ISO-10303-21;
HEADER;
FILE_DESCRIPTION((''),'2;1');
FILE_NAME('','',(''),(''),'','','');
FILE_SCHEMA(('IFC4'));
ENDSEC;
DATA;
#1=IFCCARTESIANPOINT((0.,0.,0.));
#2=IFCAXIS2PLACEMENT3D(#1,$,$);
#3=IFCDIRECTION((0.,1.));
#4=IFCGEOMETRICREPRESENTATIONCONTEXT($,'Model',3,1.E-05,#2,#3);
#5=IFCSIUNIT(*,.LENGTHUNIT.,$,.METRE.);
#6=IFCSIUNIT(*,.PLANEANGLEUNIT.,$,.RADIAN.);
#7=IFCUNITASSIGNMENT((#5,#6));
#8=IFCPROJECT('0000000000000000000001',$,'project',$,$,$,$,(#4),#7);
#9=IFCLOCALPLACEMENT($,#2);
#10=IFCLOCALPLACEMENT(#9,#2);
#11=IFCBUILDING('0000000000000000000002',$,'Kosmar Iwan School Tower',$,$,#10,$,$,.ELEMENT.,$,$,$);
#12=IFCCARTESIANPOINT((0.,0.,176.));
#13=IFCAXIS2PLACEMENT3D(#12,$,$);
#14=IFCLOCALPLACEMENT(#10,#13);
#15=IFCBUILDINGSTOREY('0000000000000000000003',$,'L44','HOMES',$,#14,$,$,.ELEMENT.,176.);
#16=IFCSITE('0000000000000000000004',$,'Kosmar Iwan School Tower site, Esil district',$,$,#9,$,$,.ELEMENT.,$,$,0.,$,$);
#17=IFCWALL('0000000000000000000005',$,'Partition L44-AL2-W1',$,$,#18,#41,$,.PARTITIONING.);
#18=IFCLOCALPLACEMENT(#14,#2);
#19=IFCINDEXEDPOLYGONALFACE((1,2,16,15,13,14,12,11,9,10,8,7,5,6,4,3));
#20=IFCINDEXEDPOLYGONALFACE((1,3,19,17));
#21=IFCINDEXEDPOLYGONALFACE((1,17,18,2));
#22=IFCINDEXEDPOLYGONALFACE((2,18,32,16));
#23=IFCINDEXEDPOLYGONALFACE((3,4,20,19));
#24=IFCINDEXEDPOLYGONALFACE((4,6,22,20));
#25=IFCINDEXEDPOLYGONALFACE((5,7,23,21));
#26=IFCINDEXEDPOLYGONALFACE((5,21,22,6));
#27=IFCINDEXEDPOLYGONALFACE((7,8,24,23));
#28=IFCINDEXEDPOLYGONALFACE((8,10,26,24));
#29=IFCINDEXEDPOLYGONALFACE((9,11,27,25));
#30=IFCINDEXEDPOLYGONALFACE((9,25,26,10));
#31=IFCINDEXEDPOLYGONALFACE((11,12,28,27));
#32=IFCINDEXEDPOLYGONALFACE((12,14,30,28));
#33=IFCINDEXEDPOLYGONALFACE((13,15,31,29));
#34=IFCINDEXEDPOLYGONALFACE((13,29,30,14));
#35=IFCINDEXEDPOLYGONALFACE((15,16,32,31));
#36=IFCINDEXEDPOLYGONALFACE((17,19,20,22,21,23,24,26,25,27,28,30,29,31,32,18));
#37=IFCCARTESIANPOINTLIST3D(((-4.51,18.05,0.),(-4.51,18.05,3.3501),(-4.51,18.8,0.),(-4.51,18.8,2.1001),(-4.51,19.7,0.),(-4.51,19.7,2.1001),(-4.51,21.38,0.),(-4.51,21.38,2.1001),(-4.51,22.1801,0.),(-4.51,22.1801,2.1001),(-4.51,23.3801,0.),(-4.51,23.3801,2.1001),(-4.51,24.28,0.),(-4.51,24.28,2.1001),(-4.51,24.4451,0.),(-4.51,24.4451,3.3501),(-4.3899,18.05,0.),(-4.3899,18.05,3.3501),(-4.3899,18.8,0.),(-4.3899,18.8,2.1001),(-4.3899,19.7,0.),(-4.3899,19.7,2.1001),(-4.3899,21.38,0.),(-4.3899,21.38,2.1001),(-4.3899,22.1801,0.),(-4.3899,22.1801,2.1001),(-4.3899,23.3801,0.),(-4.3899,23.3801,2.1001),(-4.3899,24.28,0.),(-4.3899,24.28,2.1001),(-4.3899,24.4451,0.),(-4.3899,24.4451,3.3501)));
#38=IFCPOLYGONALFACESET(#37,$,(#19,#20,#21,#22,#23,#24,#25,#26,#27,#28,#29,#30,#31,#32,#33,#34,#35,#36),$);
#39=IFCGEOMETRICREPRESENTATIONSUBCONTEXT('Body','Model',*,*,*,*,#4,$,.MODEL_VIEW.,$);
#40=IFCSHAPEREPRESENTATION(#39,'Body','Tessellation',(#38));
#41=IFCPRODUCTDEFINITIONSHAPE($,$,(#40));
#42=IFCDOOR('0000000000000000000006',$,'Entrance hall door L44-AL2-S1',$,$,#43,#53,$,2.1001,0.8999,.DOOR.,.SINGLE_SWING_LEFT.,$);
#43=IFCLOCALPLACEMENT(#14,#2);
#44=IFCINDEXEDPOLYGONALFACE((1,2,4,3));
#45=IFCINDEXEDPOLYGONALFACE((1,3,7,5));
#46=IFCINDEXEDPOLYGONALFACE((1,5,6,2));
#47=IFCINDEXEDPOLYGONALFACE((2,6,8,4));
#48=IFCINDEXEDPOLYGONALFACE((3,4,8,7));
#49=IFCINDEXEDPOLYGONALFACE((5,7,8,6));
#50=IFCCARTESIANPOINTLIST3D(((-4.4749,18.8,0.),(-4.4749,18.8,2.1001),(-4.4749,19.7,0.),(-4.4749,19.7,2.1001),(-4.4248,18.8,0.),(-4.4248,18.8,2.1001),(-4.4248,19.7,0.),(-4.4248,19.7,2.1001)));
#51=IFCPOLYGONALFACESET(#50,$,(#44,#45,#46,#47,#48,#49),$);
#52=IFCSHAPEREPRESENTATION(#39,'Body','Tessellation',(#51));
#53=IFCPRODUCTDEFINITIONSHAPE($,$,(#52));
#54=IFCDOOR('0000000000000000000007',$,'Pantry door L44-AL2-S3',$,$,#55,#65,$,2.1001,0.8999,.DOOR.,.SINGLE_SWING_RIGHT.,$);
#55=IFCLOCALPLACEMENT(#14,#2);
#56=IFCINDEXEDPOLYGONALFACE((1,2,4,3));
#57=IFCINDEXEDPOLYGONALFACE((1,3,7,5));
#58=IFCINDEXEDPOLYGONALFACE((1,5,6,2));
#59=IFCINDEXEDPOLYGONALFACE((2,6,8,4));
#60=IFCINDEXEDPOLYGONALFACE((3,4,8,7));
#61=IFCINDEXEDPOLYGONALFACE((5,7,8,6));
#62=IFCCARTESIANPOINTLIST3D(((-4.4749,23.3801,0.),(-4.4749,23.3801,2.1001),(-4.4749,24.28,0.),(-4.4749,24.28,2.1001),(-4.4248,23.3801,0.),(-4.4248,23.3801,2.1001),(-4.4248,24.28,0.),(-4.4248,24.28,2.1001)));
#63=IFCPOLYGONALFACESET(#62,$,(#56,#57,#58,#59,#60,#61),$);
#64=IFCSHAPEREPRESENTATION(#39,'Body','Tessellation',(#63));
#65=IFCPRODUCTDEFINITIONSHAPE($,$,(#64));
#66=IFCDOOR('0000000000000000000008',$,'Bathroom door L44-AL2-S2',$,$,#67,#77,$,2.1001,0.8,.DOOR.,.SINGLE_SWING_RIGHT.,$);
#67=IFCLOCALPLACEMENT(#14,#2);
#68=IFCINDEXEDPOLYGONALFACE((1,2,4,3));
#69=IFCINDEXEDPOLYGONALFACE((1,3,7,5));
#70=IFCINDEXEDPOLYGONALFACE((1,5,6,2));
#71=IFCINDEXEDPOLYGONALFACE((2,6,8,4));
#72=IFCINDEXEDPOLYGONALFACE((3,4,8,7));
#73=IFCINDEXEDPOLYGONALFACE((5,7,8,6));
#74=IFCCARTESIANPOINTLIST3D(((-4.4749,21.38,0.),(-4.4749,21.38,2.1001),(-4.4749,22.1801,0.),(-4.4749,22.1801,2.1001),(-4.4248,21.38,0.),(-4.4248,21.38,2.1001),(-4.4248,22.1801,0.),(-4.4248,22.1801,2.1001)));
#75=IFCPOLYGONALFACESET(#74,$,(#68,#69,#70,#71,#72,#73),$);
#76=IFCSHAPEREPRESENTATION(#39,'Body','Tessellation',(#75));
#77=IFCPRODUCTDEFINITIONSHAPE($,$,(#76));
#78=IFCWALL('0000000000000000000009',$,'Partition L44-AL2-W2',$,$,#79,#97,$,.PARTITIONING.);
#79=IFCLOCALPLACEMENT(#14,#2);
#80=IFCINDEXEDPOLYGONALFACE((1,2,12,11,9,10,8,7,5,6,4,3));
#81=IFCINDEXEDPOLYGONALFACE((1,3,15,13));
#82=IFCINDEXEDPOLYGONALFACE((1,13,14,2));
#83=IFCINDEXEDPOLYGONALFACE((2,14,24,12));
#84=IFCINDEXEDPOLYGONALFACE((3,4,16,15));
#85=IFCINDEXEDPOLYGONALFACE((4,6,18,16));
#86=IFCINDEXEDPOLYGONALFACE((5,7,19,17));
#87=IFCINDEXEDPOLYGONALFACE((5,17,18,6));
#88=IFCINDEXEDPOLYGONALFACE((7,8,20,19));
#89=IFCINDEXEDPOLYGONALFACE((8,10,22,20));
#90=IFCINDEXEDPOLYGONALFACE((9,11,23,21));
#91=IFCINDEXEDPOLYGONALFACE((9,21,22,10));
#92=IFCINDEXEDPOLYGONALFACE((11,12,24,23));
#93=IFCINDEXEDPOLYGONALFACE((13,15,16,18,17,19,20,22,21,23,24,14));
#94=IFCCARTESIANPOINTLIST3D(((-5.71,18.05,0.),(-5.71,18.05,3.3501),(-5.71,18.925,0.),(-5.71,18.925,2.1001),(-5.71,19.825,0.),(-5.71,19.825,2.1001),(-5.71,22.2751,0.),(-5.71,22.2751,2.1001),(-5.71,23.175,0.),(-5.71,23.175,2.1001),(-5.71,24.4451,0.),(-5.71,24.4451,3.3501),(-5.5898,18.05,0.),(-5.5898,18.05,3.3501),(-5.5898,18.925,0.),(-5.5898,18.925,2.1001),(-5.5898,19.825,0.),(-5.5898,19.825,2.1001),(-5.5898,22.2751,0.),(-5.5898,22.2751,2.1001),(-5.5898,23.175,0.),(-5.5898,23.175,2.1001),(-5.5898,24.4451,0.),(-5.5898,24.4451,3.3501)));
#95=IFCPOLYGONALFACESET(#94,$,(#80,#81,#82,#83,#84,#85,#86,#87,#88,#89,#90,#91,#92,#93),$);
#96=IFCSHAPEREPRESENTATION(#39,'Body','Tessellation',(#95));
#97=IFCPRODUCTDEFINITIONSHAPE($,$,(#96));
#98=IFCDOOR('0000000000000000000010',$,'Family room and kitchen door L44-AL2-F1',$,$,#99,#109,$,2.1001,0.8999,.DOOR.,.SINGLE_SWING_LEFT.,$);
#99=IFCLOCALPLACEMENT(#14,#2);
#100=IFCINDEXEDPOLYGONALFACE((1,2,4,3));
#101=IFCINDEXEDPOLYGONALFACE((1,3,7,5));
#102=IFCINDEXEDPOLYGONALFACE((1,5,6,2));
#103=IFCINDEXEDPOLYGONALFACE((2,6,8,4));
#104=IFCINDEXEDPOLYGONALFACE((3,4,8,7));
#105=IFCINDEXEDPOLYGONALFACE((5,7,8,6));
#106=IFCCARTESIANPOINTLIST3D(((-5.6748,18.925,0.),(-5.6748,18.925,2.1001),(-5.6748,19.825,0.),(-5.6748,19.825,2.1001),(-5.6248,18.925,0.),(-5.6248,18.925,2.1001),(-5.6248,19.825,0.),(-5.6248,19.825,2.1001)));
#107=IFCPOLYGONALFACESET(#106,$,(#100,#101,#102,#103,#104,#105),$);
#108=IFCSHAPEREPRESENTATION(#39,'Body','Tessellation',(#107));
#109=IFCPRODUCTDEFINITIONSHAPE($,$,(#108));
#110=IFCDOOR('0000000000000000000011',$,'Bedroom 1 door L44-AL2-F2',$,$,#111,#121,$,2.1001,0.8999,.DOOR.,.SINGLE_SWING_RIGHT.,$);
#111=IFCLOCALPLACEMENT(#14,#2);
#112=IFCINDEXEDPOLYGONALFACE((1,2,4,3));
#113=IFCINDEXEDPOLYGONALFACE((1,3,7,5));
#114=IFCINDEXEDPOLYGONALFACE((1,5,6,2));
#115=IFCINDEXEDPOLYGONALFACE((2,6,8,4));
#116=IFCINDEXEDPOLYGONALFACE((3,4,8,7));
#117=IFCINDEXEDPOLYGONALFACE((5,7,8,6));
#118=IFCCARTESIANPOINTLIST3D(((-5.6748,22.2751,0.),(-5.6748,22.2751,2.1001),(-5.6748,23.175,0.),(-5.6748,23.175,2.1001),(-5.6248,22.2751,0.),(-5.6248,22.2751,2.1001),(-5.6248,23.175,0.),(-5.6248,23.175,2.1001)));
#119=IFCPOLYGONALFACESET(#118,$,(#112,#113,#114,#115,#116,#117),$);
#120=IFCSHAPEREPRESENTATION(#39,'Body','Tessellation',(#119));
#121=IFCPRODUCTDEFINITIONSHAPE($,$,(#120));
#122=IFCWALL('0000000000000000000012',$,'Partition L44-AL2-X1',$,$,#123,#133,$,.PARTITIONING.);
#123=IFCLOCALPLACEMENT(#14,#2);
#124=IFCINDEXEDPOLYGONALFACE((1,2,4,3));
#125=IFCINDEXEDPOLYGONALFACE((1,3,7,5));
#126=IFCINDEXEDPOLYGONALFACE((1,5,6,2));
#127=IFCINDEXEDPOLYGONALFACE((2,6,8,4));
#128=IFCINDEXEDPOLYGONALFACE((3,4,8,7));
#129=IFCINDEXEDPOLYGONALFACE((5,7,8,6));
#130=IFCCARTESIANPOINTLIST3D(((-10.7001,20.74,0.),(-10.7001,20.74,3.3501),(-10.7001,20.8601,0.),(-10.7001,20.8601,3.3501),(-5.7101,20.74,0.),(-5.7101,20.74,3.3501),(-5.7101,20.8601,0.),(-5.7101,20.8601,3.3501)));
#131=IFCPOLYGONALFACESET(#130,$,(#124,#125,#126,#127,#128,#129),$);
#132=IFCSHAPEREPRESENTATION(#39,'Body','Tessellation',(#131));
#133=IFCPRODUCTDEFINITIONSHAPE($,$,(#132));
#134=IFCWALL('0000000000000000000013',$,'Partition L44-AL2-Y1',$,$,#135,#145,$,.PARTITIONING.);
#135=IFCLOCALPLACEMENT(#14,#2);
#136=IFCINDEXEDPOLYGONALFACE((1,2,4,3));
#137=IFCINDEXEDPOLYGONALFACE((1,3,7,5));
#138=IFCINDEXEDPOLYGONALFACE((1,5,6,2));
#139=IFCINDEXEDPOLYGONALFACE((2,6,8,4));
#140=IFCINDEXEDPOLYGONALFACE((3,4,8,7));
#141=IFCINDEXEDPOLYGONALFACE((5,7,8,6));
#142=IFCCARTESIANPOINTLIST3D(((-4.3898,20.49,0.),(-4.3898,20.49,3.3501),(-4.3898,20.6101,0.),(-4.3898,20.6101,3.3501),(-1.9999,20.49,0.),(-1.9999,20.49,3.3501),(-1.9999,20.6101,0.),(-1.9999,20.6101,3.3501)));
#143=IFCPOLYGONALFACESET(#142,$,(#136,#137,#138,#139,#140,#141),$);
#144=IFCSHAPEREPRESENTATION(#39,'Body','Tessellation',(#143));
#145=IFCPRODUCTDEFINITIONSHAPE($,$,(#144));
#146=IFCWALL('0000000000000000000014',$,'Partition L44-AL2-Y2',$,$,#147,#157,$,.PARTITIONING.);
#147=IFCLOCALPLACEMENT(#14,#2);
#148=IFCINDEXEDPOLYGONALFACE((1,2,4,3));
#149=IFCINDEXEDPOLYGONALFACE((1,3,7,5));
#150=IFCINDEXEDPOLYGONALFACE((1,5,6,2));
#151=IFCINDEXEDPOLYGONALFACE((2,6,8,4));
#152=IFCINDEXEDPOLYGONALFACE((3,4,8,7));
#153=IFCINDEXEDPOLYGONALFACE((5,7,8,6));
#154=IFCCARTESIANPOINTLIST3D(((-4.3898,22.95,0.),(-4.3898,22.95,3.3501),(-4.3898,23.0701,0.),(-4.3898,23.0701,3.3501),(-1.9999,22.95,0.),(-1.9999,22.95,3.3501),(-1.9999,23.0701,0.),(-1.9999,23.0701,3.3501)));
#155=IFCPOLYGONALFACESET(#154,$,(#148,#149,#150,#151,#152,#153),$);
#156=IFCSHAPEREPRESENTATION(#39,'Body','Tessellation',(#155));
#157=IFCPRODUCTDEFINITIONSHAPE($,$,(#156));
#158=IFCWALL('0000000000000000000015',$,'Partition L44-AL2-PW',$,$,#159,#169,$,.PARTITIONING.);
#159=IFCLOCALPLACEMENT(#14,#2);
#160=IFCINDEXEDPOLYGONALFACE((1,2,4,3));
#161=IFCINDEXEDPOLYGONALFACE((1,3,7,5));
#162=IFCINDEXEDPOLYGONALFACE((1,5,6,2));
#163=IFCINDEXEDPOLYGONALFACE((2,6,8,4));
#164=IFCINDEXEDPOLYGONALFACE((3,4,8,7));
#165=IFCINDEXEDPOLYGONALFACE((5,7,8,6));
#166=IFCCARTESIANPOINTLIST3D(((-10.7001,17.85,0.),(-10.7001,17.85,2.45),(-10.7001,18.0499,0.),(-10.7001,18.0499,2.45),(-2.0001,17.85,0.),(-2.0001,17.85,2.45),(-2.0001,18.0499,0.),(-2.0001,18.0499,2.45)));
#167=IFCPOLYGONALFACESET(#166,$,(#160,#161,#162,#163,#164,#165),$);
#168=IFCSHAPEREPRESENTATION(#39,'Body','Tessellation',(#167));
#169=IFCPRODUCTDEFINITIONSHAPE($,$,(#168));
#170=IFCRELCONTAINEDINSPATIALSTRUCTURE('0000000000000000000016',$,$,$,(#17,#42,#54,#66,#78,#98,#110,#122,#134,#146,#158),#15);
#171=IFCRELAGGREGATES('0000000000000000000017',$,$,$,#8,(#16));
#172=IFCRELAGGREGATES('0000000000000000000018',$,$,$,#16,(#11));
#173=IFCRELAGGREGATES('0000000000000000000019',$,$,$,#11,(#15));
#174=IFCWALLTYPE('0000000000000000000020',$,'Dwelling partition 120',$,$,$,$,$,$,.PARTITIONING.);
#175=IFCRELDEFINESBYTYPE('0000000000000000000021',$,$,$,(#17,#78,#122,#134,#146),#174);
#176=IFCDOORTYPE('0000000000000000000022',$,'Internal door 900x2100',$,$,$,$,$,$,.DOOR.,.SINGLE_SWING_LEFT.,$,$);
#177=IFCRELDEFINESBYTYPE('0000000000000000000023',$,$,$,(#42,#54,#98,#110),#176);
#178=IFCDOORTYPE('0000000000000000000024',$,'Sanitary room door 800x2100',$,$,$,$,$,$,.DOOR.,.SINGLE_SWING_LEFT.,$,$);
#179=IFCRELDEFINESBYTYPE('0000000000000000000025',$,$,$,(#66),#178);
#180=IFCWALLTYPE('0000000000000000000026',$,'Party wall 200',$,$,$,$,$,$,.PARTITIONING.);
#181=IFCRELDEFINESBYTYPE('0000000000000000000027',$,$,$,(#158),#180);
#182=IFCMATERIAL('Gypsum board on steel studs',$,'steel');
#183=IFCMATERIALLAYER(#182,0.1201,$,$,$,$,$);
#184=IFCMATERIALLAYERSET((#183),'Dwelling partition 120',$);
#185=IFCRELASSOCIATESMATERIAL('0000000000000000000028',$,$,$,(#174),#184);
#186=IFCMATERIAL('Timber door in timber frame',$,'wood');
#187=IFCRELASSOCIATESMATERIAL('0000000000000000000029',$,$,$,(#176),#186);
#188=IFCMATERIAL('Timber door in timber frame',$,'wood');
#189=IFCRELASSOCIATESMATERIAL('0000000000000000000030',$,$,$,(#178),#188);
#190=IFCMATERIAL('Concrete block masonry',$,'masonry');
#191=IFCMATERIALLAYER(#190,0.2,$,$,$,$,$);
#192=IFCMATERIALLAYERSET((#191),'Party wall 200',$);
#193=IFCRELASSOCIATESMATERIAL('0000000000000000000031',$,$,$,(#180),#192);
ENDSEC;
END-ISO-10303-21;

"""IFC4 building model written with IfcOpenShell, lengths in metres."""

from ifc_helpers import new_model, si_unit, direction, frame, frame_2d, origin, place, context, subcontext, project, spatial, rectangle, extrude, material, layer, layer_set, type_object, element, fill, save


model = new_model("IFC4")

# Units and contexts
model_context = context("Model", 3, precision=1e-05, world=origin(), true_north=direction((0.0, 1.0)))
body_context = subcontext(model_context, "Body", "Model", "MODEL_VIEW")
ifc_project = project(units=[si_unit("LENGTHUNIT", "METRE"), si_unit("PLANEANGLEUNIT", "RADIAN")], contexts=[model_context])

# Site, building, storey
site_placement = place(None, origin())
site = spatial("IfcSite", under=ifc_project, at=site_placement, Name="Kosmar Iwan School Tower site, Esil district", CompositionType="ELEMENT", RefElevation=0.0)
building_placement = place(site_placement, origin())
building = spatial("IfcBuilding", under=site, at=building_placement, Name="Kosmar Iwan School Tower", CompositionType="ELEMENT")
storey_placement = place(building_placement, frame((0.0, 0.0, 176.0)))
storey = spatial("IfcBuildingStorey", under=building, at=storey_placement, Name="L44", Description="HOMES", CompositionType="ELEMENT", Elevation=176.0)

# Walls, openings, doors
ifc_material_1 = material(Name="Gypsum board on steel studs", Category="steel")
ifc_layer_1 = layer(ifc_material_1, 0.1201)
ifc_layer_set_1 = layer_set([ifc_layer_1], Name="Dwelling partition 120")
wall_type_1 = type_object("IfcWallType", Name="Dwelling partition 120", PredefinedType="PARTITIONING", material=ifc_layer_set_1)
wall_1_placement = place(storey_placement, frame((-4.45, 18.05, 0.0), z_axis=(0.0, 0.0, 1.0), x_axis=(0.0, 1.0, 0.0)))
wall_1 = element("IfcWall", 1, at=wall_1_placement, inside=storey, type_object=wall_type_1, Name="Partition L44-AL2-W1", PredefinedType="PARTITIONING", context=body_context, shape_type="SweptSolid", body=[
    extrude(rectangle(XDim=6.395, YDim=0.1201, at=frame_2d((3.1975, 0.0))), origin(), (0.0, 0.0, 1.0), 3.3501),
])
opening_1_placement = place(wall_1_placement, frame((0.75, 0.0, 0.0)))
opening_1 = element("IfcOpeningElement", 2, at=opening_1_placement, cuts=wall_1, PredefinedType="OPENING", context=body_context, shape_type="SweptSolid", body=[
    extrude(rectangle(XDim=0.8999, YDim=2.1001, at=frame_2d((0.45, 1.05))), frame((0.0, 0.072, 0.0), z_axis=(0.0, -1.0, 0.0), x_axis=(1.0, 0.0, 0.0)), (0.0, 0.0, 1.0), 0.144),
])
opening_2_placement = place(wall_1_placement, frame((3.3301, 0.0, 0.0)))
opening_2 = element("IfcOpeningElement", 3, at=opening_2_placement, cuts=wall_1, PredefinedType="OPENING", context=body_context, shape_type="SweptSolid", body=[
    extrude(rectangle(XDim=0.8, YDim=2.1001, at=frame_2d((0.3999, 1.05))), frame((0.0, 0.072, 0.0), z_axis=(0.0, -1.0, 0.0), x_axis=(1.0, 0.0, 0.0)), (0.0, 0.0, 1.0), 0.144),
])
opening_3_placement = place(wall_1_placement, frame((5.3301, 0.0, 0.0)))
opening_3 = element("IfcOpeningElement", 4, at=opening_3_placement, cuts=wall_1, PredefinedType="OPENING", context=body_context, shape_type="SweptSolid", body=[
    extrude(rectangle(XDim=0.8999, YDim=2.1001, at=frame_2d((0.45, 1.05))), frame((0.0, 0.072, 0.0), z_axis=(0.0, -1.0, 0.0), x_axis=(1.0, 0.0, 0.0)), (0.0, 0.0, 1.0), 0.144),
])
ifc_material_2 = material(Name="Timber door in timber frame", Category="wood")
door_type_1 = type_object("IfcDoorType", Name="Internal door 900x2100", OperationType="SINGLE_SWING_LEFT", PredefinedType="DOOR", material=ifc_material_2)
door_1_placement = place(opening_1_placement, origin())
door_1 = element("IfcDoor", 5, at=door_1_placement, inside=storey, type_object=door_type_1, Name="Entrance hall door L44-AL2-S1", OperationType="SINGLE_SWING_LEFT", OverallHeight=2.1001, OverallWidth=0.8999, PredefinedType="DOOR", context=body_context, shape_type="SweptSolid", body=[
    extrude(rectangle(XDim=0.8999, YDim=2.1001, at=frame_2d((0.45, 1.05))), frame((0.0, 0.0249, 0.0), z_axis=(0.0, -1.0, 0.0), x_axis=(1.0, 0.0, 0.0)), (0.0, 0.0, 1.0), 0.05),
])
fill(opening_1, door_1)
door_2_placement = place(opening_3_placement, origin())
door_2 = element("IfcDoor", 6, at=door_2_placement, inside=storey, type_object=door_type_1, Name="Pantry door L44-AL2-S3", OperationType="SINGLE_SWING_RIGHT", OverallHeight=2.1001, OverallWidth=0.8999, PredefinedType="DOOR", context=body_context, shape_type="SweptSolid", body=[
    extrude(rectangle(XDim=0.8999, YDim=2.1001, at=frame_2d((0.45, 1.05))), frame((0.0, 0.0249, 0.0), z_axis=(0.0, -1.0, 0.0), x_axis=(1.0, 0.0, 0.0)), (0.0, 0.0, 1.0), 0.05),
])
fill(opening_3, door_2)
ifc_material_3 = material(Name="Timber door in timber frame", Category="wood")
door_type_2 = type_object("IfcDoorType", Name="Sanitary room door 800x2100", OperationType="SINGLE_SWING_LEFT", PredefinedType="DOOR", material=ifc_material_3)
door_3_placement = place(opening_2_placement, origin())
door_3 = element("IfcDoor", 7, at=door_3_placement, inside=storey, type_object=door_type_2, Name="Bathroom door L44-AL2-S2", OperationType="SINGLE_SWING_RIGHT", OverallHeight=2.1001, OverallWidth=0.8, PredefinedType="DOOR", context=body_context, shape_type="SweptSolid", body=[
    extrude(rectangle(XDim=0.8, YDim=2.1001, at=frame_2d((0.3999, 1.05))), frame((0.0, 0.0249, 0.0), z_axis=(0.0, -1.0, 0.0), x_axis=(1.0, 0.0, 0.0)), (0.0, 0.0, 1.0), 0.05),
])
fill(opening_2, door_3)
wall_2_placement = place(storey_placement, frame((-5.6499, 18.05, 0.0), z_axis=(0.0, 0.0, 1.0), x_axis=(0.0, 1.0, 0.0)))
wall_2 = element("IfcWall", 8, at=wall_2_placement, inside=storey, type_object=wall_type_1, Name="Partition L44-AL2-W2", PredefinedType="PARTITIONING", context=body_context, shape_type="SweptSolid", body=[
    extrude(rectangle(XDim=6.395, YDim=0.1201, at=frame_2d((3.1975, 0.0))), origin(), (0.0, 0.0, 1.0), 3.3501),
])
opening_4_placement = place(wall_2_placement, frame((0.875, 0.0, 0.0)))
opening_4 = element("IfcOpeningElement", 9, at=opening_4_placement, cuts=wall_2, PredefinedType="OPENING", context=body_context, shape_type="SweptSolid", body=[
    extrude(rectangle(XDim=0.8999, YDim=2.1001, at=frame_2d((0.45, 1.05))), frame((0.0, 0.072, 0.0), z_axis=(0.0, -1.0, 0.0), x_axis=(1.0, 0.0, 0.0)), (0.0, 0.0, 1.0), 0.144),
])
opening_5_placement = place(wall_2_placement, frame((4.2251, 0.0, 0.0)))
opening_5 = element("IfcOpeningElement", 10, at=opening_5_placement, cuts=wall_2, PredefinedType="OPENING", context=body_context, shape_type="SweptSolid", body=[
    extrude(rectangle(XDim=0.8999, YDim=2.1001, at=frame_2d((0.45, 1.05))), frame((0.0, 0.072, 0.0), z_axis=(0.0, -1.0, 0.0), x_axis=(1.0, 0.0, 0.0)), (0.0, 0.0, 1.0), 0.144),
])
door_4_placement = place(opening_4_placement, origin())
door_4 = element("IfcDoor", 11, at=door_4_placement, inside=storey, type_object=door_type_1, Name="Family room and kitchen door L44-AL2-F1", OperationType="SINGLE_SWING_LEFT", OverallHeight=2.1001, OverallWidth=0.8999, PredefinedType="DOOR", context=body_context, shape_type="SweptSolid", body=[
    extrude(rectangle(XDim=0.8999, YDim=2.1001, at=frame_2d((0.45, 1.05))), frame((0.0, 0.0249, 0.0), z_axis=(0.0, -1.0, 0.0), x_axis=(1.0, 0.0, 0.0)), (0.0, 0.0, 1.0), 0.05),
])
fill(opening_4, door_4)
door_5_placement = place(opening_5_placement, origin())
door_5 = element("IfcDoor", 12, at=door_5_placement, inside=storey, type_object=door_type_1, Name="Bedroom 1 door L44-AL2-F2", OperationType="SINGLE_SWING_RIGHT", OverallHeight=2.1001, OverallWidth=0.8999, PredefinedType="DOOR", context=body_context, shape_type="SweptSolid", body=[
    extrude(rectangle(XDim=0.8999, YDim=2.1001, at=frame_2d((0.45, 1.05))), frame((0.0, 0.0249, 0.0), z_axis=(0.0, -1.0, 0.0), x_axis=(1.0, 0.0, 0.0)), (0.0, 0.0, 1.0), 0.05),
])
fill(opening_5, door_5)

# Walls
wall_3_placement = place(storey_placement, frame((-5.71, 20.8, 0.0), z_axis=(0.0, 0.0, 1.0), x_axis=(-1.0, 0.0, 0.0)))
element("IfcWall", 13, at=wall_3_placement, inside=storey, type_object=wall_type_1, Name="Partition L44-AL2-X1", PredefinedType="PARTITIONING", context=body_context, shape_type="SweptSolid", body=[
    extrude(rectangle(XDim=4.99, YDim=0.1201, at=frame_2d((2.4951, 0.0))), origin(), (0.0, 0.0, 1.0), 3.3501),
])
for number, where, z_axis, x_axis, name in (
    (14, (-2.0, 20.55, 0.0), (0.0, 0.0, 1.0), (-1.0, 0.0, 0.0), "Partition L44-AL2-Y1"),
    (15, (-2.0, 23.01, 0.0), (0.0, 0.0, 1.0), (-1.0, 0.0, 0.0), "Partition L44-AL2-Y2"),
):
    element("IfcWall", number, at=place(storey_placement, frame(where, z_axis=z_axis, x_axis=x_axis)), inside=storey, type_object=wall_type_1, Name=name, PredefinedType="PARTITIONING", context=body_context, shape_type="SweptSolid", body=[
        extrude(rectangle(XDim=2.3899, YDim=0.1201, at=frame_2d((1.1948, 0.0))), origin(), (0.0, 0.0, 1.0), 3.3501),
    ])
ifc_material_4 = material(Name="Concrete block masonry", Category="masonry")
ifc_layer_2 = layer(ifc_material_4, 0.2)
ifc_layer_set_2 = layer_set([ifc_layer_2], Name="Party wall 200")
wall_type_2 = type_object("IfcWallType", Name="Party wall 200", PredefinedType="PARTITIONING", material=ifc_layer_set_2)
wall_4_placement = place(storey_placement, frame((-2.0, 17.95, 0.0), z_axis=(0.0, 0.0, 1.0), x_axis=(-1.0, 0.0, 0.0)))
element("IfcWall", 16, at=wall_4_placement, inside=storey, type_object=wall_type_2, Name="Partition L44-AL2-PW", PredefinedType="PARTITIONING", context=body_context, shape_type="SweptSolid", body=[
    extrude(rectangle(XDim=8.7, YDim=0.2, at=frame_2d((4.3501, 0.0))), origin(), (0.0, 0.0, 1.0), 2.45),
])

save(model, "model.ifc")
